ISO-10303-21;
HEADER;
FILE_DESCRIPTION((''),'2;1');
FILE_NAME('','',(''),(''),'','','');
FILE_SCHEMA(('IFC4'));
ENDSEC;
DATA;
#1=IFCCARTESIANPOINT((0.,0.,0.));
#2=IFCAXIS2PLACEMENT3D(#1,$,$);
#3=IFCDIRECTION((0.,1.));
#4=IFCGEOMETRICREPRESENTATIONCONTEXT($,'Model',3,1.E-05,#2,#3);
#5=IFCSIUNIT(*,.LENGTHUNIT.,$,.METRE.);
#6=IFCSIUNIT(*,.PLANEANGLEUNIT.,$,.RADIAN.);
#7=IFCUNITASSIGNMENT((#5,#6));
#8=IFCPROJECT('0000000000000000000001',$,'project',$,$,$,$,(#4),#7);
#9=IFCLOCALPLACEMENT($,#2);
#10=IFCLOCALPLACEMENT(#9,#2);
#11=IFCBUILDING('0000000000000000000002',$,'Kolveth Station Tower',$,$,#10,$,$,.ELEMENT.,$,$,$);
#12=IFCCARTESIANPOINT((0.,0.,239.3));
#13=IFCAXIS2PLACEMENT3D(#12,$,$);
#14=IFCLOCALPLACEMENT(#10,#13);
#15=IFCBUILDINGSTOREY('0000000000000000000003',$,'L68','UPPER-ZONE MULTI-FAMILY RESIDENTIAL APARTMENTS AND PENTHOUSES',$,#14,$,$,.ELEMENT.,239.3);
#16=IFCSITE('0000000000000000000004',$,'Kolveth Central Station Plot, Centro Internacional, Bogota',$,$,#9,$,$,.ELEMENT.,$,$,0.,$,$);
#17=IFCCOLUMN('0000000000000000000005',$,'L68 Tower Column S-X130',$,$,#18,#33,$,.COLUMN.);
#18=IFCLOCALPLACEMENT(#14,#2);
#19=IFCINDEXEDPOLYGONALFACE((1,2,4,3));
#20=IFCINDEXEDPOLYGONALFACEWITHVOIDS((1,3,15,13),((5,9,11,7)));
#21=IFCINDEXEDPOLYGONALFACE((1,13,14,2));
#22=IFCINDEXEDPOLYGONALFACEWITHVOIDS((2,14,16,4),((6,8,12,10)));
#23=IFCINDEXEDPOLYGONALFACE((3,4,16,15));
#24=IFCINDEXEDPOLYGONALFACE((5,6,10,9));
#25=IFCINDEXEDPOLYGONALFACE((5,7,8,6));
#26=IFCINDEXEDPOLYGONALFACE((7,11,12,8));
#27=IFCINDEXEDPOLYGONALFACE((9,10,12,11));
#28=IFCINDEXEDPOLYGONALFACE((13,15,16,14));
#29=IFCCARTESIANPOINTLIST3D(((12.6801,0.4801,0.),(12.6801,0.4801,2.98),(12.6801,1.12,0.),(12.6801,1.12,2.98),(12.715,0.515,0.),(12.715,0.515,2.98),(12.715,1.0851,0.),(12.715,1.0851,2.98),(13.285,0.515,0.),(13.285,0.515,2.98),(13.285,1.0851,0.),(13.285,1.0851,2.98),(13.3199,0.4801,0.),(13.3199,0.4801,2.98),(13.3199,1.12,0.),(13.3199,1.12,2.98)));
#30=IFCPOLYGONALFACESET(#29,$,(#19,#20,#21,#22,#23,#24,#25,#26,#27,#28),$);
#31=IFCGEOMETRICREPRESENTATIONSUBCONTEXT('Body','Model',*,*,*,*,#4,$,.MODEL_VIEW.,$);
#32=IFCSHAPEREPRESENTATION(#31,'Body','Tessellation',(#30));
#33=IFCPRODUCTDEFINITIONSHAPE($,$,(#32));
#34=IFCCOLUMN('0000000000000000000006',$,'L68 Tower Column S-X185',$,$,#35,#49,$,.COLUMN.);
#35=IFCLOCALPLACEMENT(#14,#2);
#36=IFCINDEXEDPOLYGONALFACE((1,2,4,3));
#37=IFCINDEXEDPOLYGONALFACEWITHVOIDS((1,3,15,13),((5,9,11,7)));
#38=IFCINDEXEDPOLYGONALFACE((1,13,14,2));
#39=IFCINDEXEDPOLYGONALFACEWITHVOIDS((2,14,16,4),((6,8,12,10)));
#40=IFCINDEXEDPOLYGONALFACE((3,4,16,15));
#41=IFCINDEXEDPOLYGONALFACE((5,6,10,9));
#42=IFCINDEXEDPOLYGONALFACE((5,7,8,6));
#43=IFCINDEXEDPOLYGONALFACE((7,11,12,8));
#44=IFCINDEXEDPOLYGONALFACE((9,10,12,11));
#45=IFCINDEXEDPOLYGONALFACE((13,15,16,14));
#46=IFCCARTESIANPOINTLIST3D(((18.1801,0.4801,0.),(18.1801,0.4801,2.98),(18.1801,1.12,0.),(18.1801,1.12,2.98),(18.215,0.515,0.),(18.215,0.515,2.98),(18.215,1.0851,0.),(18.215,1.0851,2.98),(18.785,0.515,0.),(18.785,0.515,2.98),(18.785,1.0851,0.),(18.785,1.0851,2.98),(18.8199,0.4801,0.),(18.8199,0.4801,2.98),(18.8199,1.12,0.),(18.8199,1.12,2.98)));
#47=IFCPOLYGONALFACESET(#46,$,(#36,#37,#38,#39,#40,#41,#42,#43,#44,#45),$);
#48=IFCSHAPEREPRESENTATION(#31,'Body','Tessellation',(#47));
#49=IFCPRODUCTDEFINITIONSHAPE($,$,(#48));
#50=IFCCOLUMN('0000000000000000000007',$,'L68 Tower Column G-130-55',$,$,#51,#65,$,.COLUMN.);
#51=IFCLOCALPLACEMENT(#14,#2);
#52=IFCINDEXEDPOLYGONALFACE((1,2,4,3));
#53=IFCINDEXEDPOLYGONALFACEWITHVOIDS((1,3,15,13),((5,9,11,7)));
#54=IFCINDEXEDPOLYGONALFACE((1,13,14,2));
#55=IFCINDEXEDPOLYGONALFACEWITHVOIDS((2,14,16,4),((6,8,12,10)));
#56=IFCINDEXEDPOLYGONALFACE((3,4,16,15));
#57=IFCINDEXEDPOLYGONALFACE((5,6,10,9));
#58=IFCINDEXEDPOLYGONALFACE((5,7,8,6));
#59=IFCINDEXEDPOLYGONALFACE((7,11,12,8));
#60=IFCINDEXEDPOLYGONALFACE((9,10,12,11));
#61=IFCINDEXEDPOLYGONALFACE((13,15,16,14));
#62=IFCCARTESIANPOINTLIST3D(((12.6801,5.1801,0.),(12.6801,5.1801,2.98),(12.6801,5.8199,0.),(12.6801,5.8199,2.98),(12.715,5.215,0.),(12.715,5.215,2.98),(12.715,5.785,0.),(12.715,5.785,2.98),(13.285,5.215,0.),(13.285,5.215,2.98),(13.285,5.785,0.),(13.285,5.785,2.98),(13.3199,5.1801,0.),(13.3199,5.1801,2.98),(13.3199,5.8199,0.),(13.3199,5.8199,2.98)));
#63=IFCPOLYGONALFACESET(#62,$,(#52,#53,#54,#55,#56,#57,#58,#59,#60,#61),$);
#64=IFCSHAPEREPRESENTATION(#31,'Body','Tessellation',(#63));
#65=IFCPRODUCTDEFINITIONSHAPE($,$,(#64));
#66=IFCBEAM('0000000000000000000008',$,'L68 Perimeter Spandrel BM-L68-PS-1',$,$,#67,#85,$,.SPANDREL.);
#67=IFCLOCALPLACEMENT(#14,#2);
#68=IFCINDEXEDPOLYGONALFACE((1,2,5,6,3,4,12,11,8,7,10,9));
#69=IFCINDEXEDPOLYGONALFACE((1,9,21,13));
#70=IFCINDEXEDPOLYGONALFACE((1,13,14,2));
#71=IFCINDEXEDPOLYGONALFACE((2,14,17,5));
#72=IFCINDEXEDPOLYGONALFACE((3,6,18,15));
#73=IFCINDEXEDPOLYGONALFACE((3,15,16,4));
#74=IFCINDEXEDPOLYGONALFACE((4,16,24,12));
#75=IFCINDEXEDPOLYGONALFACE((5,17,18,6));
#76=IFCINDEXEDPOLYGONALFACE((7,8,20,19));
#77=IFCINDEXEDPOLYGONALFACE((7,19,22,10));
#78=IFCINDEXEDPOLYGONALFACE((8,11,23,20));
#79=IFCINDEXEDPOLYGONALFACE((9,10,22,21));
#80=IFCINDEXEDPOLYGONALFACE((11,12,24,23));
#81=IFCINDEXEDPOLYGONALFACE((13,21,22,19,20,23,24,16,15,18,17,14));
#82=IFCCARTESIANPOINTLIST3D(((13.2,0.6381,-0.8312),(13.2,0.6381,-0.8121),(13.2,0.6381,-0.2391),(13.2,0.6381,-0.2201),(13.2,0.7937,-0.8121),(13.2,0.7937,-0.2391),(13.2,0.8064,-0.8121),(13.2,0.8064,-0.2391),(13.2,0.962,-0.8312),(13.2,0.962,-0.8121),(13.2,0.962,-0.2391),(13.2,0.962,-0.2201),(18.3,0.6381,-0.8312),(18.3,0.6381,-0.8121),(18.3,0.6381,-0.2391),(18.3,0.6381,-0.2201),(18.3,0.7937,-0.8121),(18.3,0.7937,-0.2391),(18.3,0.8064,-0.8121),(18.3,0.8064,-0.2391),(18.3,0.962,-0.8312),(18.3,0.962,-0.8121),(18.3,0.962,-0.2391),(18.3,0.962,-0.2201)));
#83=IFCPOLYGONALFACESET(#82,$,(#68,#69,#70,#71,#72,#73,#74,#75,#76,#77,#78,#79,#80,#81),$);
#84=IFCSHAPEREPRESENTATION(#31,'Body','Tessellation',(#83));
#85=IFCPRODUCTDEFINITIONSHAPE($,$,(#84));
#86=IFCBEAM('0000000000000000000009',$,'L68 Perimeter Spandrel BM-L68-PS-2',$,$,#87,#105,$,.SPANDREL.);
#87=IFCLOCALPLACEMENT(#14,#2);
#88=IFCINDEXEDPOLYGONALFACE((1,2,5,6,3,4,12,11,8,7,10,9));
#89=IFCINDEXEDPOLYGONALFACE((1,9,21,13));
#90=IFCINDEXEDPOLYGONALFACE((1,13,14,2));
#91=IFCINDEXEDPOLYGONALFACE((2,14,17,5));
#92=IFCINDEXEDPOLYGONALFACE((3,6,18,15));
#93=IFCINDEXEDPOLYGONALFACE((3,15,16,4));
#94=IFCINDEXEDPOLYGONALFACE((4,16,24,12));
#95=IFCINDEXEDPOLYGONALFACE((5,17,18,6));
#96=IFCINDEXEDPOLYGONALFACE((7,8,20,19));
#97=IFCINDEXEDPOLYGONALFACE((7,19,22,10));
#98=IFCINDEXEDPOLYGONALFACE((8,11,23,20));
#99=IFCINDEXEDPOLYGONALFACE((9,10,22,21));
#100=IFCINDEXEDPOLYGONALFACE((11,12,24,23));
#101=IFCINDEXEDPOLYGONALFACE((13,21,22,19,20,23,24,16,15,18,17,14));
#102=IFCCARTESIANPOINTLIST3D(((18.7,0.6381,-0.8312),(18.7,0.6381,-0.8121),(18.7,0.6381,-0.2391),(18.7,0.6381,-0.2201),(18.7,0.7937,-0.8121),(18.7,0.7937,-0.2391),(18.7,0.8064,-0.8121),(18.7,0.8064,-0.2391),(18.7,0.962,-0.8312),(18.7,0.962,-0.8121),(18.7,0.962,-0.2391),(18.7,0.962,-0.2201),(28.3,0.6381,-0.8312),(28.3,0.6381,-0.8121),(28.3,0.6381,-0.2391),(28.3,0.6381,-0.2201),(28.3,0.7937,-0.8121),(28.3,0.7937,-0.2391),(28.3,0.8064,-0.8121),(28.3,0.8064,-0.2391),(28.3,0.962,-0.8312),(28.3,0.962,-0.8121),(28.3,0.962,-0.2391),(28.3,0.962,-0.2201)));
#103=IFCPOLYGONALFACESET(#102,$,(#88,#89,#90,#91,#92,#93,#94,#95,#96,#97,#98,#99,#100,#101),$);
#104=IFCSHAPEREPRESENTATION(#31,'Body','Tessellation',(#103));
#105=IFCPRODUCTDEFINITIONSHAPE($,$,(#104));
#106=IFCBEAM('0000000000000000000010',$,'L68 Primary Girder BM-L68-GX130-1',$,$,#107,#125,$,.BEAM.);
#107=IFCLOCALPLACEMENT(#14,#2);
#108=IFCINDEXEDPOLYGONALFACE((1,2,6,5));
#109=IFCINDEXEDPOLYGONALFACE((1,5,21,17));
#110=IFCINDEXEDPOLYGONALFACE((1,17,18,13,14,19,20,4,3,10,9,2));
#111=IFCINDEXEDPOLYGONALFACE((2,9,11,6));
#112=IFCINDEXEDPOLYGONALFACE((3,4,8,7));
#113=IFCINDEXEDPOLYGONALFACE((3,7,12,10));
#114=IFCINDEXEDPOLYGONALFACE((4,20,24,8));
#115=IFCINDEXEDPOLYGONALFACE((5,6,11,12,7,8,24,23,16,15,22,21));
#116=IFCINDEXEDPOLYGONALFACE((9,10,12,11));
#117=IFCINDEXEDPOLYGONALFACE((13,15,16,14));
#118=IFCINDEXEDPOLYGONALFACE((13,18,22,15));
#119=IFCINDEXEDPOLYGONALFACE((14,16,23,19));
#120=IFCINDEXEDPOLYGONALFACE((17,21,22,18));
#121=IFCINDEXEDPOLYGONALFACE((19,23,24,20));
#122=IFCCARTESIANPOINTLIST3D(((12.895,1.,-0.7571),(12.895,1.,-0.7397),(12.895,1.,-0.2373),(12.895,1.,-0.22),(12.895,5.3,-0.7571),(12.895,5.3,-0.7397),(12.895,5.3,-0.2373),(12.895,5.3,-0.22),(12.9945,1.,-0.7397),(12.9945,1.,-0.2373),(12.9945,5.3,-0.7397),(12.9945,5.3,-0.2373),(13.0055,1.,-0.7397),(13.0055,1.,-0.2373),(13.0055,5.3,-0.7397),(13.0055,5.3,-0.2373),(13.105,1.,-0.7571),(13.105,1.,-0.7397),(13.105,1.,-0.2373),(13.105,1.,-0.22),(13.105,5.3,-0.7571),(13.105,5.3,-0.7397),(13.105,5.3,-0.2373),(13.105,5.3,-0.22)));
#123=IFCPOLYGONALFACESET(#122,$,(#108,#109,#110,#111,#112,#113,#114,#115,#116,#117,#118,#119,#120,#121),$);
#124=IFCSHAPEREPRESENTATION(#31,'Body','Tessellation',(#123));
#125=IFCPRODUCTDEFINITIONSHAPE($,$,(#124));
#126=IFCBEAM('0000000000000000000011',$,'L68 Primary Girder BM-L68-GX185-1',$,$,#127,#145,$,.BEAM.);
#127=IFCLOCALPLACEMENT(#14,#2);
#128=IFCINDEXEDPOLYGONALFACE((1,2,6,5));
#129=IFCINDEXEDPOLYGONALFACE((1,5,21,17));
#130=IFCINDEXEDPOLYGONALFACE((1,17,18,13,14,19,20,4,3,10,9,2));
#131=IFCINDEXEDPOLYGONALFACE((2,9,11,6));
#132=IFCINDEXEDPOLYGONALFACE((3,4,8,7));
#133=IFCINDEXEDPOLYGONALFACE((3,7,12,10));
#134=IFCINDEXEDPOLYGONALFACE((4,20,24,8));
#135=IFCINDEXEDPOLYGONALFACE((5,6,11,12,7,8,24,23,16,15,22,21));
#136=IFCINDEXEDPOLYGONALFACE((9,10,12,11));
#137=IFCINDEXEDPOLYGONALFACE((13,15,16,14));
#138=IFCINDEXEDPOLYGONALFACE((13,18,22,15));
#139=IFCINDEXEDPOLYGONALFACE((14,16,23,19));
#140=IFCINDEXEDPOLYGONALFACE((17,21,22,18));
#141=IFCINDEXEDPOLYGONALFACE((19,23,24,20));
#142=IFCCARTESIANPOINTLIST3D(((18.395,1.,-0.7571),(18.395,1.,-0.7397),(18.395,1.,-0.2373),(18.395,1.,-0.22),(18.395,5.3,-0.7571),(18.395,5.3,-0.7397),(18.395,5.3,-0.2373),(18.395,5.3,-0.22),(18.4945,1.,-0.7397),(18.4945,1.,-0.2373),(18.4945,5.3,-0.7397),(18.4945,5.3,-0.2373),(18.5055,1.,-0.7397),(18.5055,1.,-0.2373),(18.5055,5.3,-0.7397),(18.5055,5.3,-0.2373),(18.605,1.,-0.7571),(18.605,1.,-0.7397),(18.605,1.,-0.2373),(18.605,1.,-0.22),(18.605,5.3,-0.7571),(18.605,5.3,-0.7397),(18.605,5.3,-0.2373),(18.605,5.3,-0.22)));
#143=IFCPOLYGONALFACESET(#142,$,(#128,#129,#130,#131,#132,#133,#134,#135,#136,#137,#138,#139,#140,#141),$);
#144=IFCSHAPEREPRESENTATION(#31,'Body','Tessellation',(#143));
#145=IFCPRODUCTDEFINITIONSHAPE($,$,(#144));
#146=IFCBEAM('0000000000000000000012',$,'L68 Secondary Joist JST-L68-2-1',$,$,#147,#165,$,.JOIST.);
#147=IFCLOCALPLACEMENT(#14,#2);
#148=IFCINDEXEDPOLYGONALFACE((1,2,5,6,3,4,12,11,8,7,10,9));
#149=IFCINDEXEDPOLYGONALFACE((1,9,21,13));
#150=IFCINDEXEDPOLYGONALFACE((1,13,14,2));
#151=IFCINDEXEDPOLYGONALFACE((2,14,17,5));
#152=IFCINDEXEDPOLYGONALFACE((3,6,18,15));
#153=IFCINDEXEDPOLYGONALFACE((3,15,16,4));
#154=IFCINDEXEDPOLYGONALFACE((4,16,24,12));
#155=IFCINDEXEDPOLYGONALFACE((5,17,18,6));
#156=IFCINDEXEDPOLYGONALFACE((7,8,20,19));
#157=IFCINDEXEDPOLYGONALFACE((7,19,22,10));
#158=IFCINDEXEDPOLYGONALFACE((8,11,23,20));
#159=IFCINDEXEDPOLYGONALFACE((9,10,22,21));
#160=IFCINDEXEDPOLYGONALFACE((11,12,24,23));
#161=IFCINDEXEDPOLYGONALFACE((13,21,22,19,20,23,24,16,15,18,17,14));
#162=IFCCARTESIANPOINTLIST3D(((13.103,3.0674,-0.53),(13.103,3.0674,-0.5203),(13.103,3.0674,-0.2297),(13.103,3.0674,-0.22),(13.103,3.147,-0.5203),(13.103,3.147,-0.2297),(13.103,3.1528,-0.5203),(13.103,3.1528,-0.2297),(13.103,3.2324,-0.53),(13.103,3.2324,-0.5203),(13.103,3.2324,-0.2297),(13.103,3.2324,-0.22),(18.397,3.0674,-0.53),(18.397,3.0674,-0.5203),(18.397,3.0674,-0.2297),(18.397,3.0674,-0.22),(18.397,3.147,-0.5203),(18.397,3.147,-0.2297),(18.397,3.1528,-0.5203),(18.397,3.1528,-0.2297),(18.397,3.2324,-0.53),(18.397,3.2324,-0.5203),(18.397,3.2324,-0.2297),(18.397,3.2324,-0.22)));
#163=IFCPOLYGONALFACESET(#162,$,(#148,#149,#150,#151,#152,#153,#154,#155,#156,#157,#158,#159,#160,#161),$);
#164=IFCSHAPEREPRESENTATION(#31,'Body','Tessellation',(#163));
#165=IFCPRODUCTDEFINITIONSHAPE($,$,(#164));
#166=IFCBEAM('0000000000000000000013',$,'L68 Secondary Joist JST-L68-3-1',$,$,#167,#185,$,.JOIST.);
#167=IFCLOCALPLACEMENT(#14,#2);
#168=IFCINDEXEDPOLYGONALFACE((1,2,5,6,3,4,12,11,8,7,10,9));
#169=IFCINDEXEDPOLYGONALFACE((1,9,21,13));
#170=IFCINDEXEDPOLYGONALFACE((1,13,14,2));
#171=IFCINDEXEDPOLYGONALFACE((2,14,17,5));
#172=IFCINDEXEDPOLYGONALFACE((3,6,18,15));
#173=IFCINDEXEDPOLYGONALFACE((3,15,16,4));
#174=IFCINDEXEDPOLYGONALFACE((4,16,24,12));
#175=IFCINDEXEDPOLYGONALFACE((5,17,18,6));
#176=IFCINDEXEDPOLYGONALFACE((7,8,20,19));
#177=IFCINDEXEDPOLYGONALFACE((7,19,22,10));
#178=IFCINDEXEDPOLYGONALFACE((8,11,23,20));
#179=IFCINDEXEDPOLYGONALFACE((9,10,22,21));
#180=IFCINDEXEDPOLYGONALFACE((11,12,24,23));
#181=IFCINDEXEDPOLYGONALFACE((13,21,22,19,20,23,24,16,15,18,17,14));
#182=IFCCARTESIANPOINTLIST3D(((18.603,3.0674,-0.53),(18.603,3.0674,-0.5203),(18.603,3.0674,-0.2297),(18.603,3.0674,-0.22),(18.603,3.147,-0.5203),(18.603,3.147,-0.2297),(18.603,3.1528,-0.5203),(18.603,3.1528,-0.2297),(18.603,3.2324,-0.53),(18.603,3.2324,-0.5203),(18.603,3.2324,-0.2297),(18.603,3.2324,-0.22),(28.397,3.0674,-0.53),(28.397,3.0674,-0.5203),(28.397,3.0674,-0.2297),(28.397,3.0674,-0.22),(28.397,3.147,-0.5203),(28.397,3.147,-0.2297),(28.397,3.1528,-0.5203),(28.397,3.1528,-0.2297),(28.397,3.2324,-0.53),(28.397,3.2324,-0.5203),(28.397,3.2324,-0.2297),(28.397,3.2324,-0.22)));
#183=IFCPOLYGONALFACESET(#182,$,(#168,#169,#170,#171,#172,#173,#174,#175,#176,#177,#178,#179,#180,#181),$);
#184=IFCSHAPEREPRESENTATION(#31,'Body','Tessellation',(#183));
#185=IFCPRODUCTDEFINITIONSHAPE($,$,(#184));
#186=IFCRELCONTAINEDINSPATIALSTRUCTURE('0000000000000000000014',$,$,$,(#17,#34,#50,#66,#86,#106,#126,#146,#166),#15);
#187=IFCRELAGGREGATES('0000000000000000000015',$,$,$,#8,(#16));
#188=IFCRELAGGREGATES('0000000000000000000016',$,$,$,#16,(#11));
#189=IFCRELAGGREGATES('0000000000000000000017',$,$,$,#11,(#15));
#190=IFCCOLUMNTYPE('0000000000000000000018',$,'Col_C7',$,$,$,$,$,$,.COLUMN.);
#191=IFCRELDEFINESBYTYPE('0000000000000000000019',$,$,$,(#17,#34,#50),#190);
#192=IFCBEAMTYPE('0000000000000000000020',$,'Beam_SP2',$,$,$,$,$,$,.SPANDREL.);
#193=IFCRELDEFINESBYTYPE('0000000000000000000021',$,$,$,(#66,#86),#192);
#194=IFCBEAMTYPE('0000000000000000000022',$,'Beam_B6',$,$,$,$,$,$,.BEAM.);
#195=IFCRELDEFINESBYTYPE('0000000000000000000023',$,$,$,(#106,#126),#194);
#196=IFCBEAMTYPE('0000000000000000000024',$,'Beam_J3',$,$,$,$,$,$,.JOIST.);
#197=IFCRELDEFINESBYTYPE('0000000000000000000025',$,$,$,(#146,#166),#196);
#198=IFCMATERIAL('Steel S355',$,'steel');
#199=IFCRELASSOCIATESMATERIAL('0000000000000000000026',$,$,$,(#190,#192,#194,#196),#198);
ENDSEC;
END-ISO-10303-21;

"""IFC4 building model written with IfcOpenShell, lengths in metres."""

from ifc_helpers import new_model, si_unit, direction, frame, origin, origin_2d, place, context, subcontext, project, spatial, hollow_rectangle, i_section, extrude, source, transform, mapped, material, material_profile, profile_set, type_object, element, save


model = new_model("IFC4")

# Units and contexts
model_context = context("Model", 3, precision=1e-05, world=origin(), true_north=direction((0.0, 1.0)))
body_context = subcontext(model_context, "Body", "Model", "MODEL_VIEW")
ifc_project = project(units=[si_unit("LENGTHUNIT", "METRE"), si_unit("PLANEANGLEUNIT", "RADIAN")], contexts=[model_context])

# Site, building, storey
site_placement = place(None, origin())
site = spatial("IfcSite", under=ifc_project, at=site_placement, Name="Kolveth Central Station Plot, Centro Internacional, Bogota", CompositionType="ELEMENT", RefElevation=0.0)
building_placement = place(site_placement, origin())
building = spatial("IfcBuilding", under=site, at=building_placement, Name="Kolveth Station Tower", CompositionType="ELEMENT")
storey_placement = place(building_placement, frame((0.0, 0.0, 239.3)))
storey = spatial("IfcBuildingStorey", under=building, at=storey_placement, Name="L68", Description="UPPER-ZONE MULTI-FAMILY RESIDENTIAL APARTMENTS AND PENTHOUSES", CompositionType="ELEMENT", Elevation=239.3)

# Columns
ifc_material_1 = material(Name="Steel S355", Category="steel")
ifc_material_profile_1 = material_profile(ifc_material_1, hollow_rectangle(XDim=0.6399, YDim=0.6399, WallThickness=0.0349, at=origin_2d()), Name="BOX640x640x35")
ifc_profile_set_1 = profile_set([ifc_material_profile_1], Name="Steel S355")
column_type = type_object("IfcColumnType", Name="Col_C7", PredefinedType="COLUMN", material=ifc_profile_set_1)
shared_shape_1 = source(origin(), body_context, "Body", "SweptSolid", [
    extrude(hollow_rectangle(XDim=0.6399, YDim=0.6399, WallThickness=0.0349, at=origin_2d()), origin(), (0.0, 0.0, 1.0), 2.98),
])
for number, where, z_axis, x_axis, name in (
    (1, (13.0, 0.8, 0.0), (0.0, 0.0, 1.0), (1.0, 0.0, 0.0), "L68 Tower Column S-X130"),
    (2, (18.5, 0.8, 0.0), (0.0, 0.0, 1.0), (1.0, 0.0, 0.0), "L68 Tower Column S-X185"),
    (3, (13.0, 5.5, 0.0), (0.0, 0.0, 1.0), (1.0, 0.0, 0.0), "L68 Tower Column G-130-55"),
):
    element("IfcColumn", number, at=place(storey_placement, frame(where, z_axis=z_axis, x_axis=x_axis)), inside=storey, type_object=column_type, Name=name, PredefinedType="COLUMN", context=body_context, shape_type="MappedRepresentation", body=[
        mapped(shared_shape_1, transform((0.0, 0.0, 0.0), x_axis=(1.0, 0.0, 0.0), y_axis=(0.0, 1.0, 0.0), z_axis=(0.0, 0.0, 1.0), scale=1.0)),
    ])

# Beams
ifc_material_profile_2 = material_profile(ifc_material_1, i_section(OverallWidth=0.324, OverallDepth=0.6111, WebThickness=0.0127, FlangeThickness=0.019, at=origin_2d()), Name="W610x155")
ifc_profile_set_2 = profile_set([ifc_material_profile_2], Name="Steel S355")
beam_type_1 = type_object("IfcBeamType", Name="Beam_SP2", PredefinedType="SPANDREL", material=ifc_profile_set_2)
shared_shape_2 = source(origin(), body_context, "Body", "SweptSolid", [
    extrude(i_section(OverallWidth=0.324, OverallDepth=0.6111, WebThickness=0.0127, FlangeThickness=0.019, at=origin_2d()), origin(), (0.0, 0.0, 1.0), 5.1001),
])
beam_1_placement = place(storey_placement, frame((13.2, 0.8, -0.5256), z_axis=(1.0, 0.0, 0.0), x_axis=(0.0, 1.0, 0.0)))
element("IfcBeam", 4, at=beam_1_placement, inside=storey, type_object=beam_type_1, Name="L68 Perimeter Spandrel BM-L68-PS-1", PredefinedType="SPANDREL", context=body_context, shape_type="MappedRepresentation", body=[
    mapped(shared_shape_2, transform((0.0, 0.0, 0.0), x_axis=(1.0, 0.0, 0.0), y_axis=(0.0, 1.0, 0.0), z_axis=(0.0, 0.0, 1.0), scale=1.0)),
])
shared_shape_3 = source(origin(), body_context, "Body", "SweptSolid", [
    extrude(i_section(OverallWidth=0.324, OverallDepth=0.6111, WebThickness=0.0127, FlangeThickness=0.019, at=origin_2d()), origin(), (0.0, 0.0, 1.0), 9.6001),
])
beam_2_placement = place(storey_placement, frame((18.7, 0.8, -0.5256), z_axis=(1.0, 0.0, 0.0), x_axis=(0.0, 1.0, 0.0)))
element("IfcBeam", 5, at=beam_2_placement, inside=storey, type_object=beam_type_1, Name="L68 Perimeter Spandrel BM-L68-PS-2", PredefinedType="SPANDREL", context=body_context, shape_type="MappedRepresentation", body=[
    mapped(shared_shape_3, transform((0.0, 0.0, 0.0), x_axis=(1.0, 0.0, 0.0), y_axis=(0.0, 1.0, 0.0), z_axis=(0.0, 0.0, 1.0), scale=1.0)),
])
ifc_material_profile_3 = material_profile(ifc_material_1, i_section(OverallWidth=0.21, OverallDepth=0.5371, WebThickness=0.011, FlangeThickness=0.0173, at=origin_2d()), Name="W530x101")
ifc_profile_set_3 = profile_set([ifc_material_profile_3], Name="Steel S355")
beam_type_2 = type_object("IfcBeamType", Name="Beam_B6", PredefinedType="BEAM", material=ifc_profile_set_3)
shared_shape_4 = source(origin(), body_context, "Body", "SweptSolid", [
    extrude(i_section(OverallWidth=0.21, OverallDepth=0.5371, WebThickness=0.011, FlangeThickness=0.0173, at=origin_2d()), origin(), (0.0, 0.0, 1.0), 4.3),
])
for number, where, z_axis, x_axis, name in (
    (6, (13.0, 1.0, -0.4885), (0.0, 1.0, 0.0), (-1.0, 0.0, 0.0), "L68 Primary Girder BM-L68-GX130-1"),
    (7, (18.5, 1.0, -0.4885), (0.0, 1.0, 0.0), (-1.0, 0.0, 0.0), "L68 Primary Girder BM-L68-GX185-1"),
):
    element("IfcBeam", number, at=place(storey_placement, frame(where, z_axis=z_axis, x_axis=x_axis)), inside=storey, type_object=beam_type_2, Name=name, PredefinedType="BEAM", context=body_context, shape_type="MappedRepresentation", body=[
        mapped(shared_shape_4, transform((0.0, 0.0, 0.0), x_axis=(1.0, 0.0, 0.0), y_axis=(0.0, 1.0, 0.0), z_axis=(0.0, 0.0, 1.0), scale=1.0)),
    ])
ifc_material_profile_4 = material_profile(ifc_material_1, i_section(OverallWidth=0.165, OverallDepth=0.3101, WebThickness=0.0059, FlangeThickness=0.0098, at=origin_2d()), Name="W310x39")
ifc_profile_set_4 = profile_set([ifc_material_profile_4], Name="Steel S355")
beam_type_3 = type_object("IfcBeamType", Name="Beam_J3", PredefinedType="JOIST", material=ifc_profile_set_4)
shared_shape_5 = source(origin(), body_context, "Body", "SweptSolid", [
    extrude(i_section(OverallWidth=0.165, OverallDepth=0.3101, WebThickness=0.0059, FlangeThickness=0.0098, at=origin_2d()), origin(), (0.0, 0.0, 1.0), 5.2939),
])
beam_3_placement = place(storey_placement, frame((13.103, 3.1499, -0.375), z_axis=(1.0, 0.0, 0.0), x_axis=(0.0, 1.0, 0.0)))
element("IfcBeam", 8, at=beam_3_placement, inside=storey, type_object=beam_type_3, Name="L68 Secondary Joist JST-L68-2-1", PredefinedType="JOIST", context=body_context, shape_type="MappedRepresentation", body=[
    mapped(shared_shape_5, transform((0.0, 0.0, 0.0), x_axis=(1.0, 0.0, 0.0), y_axis=(0.0, 1.0, 0.0), z_axis=(0.0, 0.0, 1.0), scale=1.0)),
])
shared_shape_6 = source(origin(), body_context, "Body", "SweptSolid", [
    extrude(i_section(OverallWidth=0.165, OverallDepth=0.3101, WebThickness=0.0059, FlangeThickness=0.0098, at=origin_2d()), origin(), (0.0, 0.0, 1.0), 9.7939),
])
beam_4_placement = place(storey_placement, frame((18.603, 3.1499, -0.375), z_axis=(1.0, 0.0, 0.0), x_axis=(0.0, 1.0, 0.0)))
element("IfcBeam", 9, at=beam_4_placement, inside=storey, type_object=beam_type_3, Name="L68 Secondary Joist JST-L68-3-1", PredefinedType="JOIST", context=body_context, shape_type="MappedRepresentation", body=[
    mapped(shared_shape_6, transform((0.0, 0.0, 0.0), x_axis=(1.0, 0.0, 0.0), y_axis=(0.0, 1.0, 0.0), z_axis=(0.0, 0.0, 1.0), scale=1.0)),
])

save(model, "model.ifc")
